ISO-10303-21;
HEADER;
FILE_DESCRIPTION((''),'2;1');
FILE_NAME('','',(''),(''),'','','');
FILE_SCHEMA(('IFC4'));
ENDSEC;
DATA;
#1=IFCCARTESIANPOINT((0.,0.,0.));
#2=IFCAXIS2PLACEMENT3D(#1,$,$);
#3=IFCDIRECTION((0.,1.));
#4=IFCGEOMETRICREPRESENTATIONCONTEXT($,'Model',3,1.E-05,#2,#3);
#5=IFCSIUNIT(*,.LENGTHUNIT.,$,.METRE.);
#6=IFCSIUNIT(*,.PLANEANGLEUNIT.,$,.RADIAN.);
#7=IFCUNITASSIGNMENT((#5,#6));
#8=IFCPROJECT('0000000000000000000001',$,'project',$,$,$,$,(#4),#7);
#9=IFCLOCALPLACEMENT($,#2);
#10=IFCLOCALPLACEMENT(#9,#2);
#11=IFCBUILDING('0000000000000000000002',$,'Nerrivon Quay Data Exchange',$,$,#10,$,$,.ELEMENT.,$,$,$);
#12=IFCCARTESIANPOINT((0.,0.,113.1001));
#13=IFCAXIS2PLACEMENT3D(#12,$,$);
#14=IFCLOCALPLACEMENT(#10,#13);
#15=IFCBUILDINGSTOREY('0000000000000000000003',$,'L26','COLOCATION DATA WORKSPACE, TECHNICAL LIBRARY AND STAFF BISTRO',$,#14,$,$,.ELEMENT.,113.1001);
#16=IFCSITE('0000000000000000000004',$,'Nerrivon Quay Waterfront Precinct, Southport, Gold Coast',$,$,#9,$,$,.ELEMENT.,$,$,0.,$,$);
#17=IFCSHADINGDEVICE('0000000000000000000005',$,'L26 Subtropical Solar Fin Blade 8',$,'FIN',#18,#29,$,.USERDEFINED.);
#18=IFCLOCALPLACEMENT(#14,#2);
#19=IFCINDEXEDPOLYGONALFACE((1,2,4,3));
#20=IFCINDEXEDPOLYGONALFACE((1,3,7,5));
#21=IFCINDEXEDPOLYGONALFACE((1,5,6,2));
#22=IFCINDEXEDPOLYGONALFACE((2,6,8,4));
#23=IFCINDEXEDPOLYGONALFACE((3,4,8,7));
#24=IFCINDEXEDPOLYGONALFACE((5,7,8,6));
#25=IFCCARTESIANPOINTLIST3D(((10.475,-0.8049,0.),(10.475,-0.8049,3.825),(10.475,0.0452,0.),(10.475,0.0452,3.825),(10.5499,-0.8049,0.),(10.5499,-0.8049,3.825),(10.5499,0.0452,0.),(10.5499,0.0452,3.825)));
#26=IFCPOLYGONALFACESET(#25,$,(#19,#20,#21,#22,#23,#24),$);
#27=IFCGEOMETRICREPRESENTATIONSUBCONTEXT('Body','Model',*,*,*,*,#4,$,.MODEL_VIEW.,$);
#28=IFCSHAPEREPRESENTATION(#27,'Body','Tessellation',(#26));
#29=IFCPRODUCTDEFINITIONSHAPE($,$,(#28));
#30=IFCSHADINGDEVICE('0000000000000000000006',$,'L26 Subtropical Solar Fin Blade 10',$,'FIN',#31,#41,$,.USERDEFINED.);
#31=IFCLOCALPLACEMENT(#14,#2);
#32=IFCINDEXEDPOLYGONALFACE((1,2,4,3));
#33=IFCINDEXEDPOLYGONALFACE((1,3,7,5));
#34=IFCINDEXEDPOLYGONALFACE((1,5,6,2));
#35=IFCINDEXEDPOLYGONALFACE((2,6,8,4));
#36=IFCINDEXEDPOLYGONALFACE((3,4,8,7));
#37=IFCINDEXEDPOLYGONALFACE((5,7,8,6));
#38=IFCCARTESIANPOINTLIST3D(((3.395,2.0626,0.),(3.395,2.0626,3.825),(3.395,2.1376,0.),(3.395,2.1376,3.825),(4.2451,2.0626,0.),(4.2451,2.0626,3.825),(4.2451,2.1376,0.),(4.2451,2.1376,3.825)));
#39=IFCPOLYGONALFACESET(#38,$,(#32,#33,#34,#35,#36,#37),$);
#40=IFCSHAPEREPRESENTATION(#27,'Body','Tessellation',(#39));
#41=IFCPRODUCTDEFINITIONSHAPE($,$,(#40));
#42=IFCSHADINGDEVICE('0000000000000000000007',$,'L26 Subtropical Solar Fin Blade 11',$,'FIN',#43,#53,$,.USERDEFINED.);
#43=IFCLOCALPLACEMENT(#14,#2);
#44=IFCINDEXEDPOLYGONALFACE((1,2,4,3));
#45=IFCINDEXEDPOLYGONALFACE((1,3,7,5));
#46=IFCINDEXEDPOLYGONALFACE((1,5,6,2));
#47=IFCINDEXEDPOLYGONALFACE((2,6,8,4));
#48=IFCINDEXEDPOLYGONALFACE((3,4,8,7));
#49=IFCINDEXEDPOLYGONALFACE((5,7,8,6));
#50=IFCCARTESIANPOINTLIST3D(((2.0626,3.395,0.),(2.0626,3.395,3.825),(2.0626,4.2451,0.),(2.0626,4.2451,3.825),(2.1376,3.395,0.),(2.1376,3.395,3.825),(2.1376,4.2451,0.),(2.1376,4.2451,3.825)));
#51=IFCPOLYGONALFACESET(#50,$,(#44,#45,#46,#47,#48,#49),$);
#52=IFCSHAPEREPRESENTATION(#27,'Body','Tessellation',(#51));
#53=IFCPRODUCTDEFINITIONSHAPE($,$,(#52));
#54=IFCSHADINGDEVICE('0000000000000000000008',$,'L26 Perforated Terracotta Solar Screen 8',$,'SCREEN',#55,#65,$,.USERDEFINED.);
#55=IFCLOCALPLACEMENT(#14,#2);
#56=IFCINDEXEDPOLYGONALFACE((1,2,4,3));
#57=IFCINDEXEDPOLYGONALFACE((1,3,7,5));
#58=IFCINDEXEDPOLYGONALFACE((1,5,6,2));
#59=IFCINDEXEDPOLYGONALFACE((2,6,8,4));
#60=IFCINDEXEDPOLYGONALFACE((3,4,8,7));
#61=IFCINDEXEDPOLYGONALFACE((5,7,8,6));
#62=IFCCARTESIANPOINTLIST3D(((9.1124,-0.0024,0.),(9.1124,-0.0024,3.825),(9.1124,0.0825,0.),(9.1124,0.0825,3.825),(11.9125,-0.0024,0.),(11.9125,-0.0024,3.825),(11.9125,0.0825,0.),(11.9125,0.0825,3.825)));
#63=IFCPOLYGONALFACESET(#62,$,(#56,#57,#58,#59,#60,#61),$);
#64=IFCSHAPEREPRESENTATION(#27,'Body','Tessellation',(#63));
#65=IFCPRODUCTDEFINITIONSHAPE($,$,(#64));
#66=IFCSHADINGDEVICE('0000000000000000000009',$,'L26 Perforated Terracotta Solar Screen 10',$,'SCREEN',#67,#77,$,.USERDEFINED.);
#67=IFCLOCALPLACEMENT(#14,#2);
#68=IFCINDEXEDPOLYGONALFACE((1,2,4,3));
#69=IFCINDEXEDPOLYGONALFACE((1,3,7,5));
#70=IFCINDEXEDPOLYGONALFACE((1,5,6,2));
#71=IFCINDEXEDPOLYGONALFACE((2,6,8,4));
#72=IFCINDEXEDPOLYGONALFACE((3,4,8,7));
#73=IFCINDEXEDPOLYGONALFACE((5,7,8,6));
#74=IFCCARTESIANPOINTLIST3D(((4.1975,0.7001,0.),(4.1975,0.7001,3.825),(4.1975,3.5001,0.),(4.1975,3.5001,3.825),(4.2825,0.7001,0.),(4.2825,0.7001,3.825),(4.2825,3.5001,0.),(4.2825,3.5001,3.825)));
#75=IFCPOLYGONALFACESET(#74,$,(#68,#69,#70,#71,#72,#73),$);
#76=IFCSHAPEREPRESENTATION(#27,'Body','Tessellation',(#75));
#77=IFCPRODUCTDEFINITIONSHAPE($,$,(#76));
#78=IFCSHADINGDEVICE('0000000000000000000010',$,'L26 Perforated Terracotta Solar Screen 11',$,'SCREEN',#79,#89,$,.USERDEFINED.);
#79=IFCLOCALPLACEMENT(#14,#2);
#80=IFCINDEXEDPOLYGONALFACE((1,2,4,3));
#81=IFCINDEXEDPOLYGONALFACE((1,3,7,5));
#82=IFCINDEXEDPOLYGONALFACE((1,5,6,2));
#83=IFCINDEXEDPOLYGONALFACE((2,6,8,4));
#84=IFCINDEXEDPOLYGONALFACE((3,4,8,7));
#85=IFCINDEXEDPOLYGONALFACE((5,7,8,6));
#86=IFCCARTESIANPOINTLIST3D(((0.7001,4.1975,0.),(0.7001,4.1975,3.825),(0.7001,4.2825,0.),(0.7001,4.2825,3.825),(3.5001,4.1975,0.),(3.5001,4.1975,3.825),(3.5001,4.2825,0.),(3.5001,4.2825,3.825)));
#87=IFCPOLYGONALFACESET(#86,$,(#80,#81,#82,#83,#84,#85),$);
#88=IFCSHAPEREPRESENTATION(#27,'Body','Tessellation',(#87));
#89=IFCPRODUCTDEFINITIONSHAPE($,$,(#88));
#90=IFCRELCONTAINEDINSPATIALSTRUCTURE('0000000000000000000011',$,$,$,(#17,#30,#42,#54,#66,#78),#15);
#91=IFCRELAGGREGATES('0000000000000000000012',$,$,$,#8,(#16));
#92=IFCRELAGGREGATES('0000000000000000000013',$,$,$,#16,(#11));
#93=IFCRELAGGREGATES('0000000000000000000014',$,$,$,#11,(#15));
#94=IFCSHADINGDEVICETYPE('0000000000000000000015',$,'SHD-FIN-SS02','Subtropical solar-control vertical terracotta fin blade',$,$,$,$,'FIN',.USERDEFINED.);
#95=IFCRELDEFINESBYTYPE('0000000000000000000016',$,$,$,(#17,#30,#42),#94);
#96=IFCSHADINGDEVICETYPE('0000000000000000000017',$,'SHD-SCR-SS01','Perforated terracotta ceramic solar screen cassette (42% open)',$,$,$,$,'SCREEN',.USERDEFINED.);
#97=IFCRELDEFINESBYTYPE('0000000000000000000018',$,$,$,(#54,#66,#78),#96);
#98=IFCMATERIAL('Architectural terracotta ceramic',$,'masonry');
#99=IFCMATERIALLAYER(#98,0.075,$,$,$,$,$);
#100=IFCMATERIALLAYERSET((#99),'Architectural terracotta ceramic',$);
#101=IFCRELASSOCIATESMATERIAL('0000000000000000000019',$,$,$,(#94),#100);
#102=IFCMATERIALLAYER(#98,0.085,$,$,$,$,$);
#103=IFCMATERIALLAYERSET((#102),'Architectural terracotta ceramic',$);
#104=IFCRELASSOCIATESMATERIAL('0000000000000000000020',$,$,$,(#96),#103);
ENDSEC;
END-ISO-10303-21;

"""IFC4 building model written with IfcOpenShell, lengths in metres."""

from ifc_helpers import new_model, si_unit, direction, frame, origin, origin_2d, place, context, subcontext, project, spatial, rectangle, extrude, material, layer, layer_set, type_object, element, save


model = new_model("IFC4")

# Units and contexts
model_context = context("Model", 3, precision=1e-05, world=origin(), true_north=direction((0.0, 1.0)))
body_context = subcontext(model_context, "Body", "Model", "MODEL_VIEW")
ifc_project = project(units=[si_unit("LENGTHUNIT", "METRE"), si_unit("PLANEANGLEUNIT", "RADIAN")], contexts=[model_context])

# Site, building, storey
site_placement = place(None, origin())
site = spatial("IfcSite", under=ifc_project, at=site_placement, Name="Nerrivon Quay Waterfront Precinct, Southport, Gold Coast", CompositionType="ELEMENT", RefElevation=0.0)
building_placement = place(site_placement, origin())
building = spatial("IfcBuilding", under=site, at=building_placement, Name="Nerrivon Quay Data Exchange", CompositionType="ELEMENT")
storey_placement = place(building_placement, frame((0.0, 0.0, 113.1001)))
storey = spatial("IfcBuildingStorey", under=building, at=storey_placement, Name="L26", Description="COLOCATION DATA WORKSPACE, TECHNICAL LIBRARY AND STAFF BISTRO", CompositionType="ELEMENT", Elevation=113.1001)

# Shared definitions
ifc_material_1 = material(Name="Architectural terracotta ceramic", Category="masonry")

# Shading devices
ifc_layer_1 = layer(ifc_material_1, 0.075)
ifc_layer_set_1 = layer_set([ifc_layer_1], Name="Architectural terracotta ceramic")
shading_device_type_1 = type_object("IfcShadingDeviceType", Name="SHD-FIN-SS02", Description="Subtropical solar-control vertical terracotta fin blade", ElementType="FIN", PredefinedType="USERDEFINED", material=ifc_layer_set_1)
for number, where, z_axis, x_axis, name in (
    (1, (10.5125, -0.3799, 0.0), (0.0, 0.0, 1.0), (-1.0, 0.0, 0.0), "L26 Subtropical Solar Fin Blade 8"),
    (2, (3.8201, 2.1001, 0.0), (0.0, 0.0, 1.0), (0.0, 1.0, 0.0), "L26 Subtropical Solar Fin Blade 10"),
    (3, (2.1001, 3.8201, 0.0), (0.0, 0.0, 1.0), (-1.0, 0.0, 0.0), "L26 Subtropical Solar Fin Blade 11"),
):
    element("IfcShadingDevice", number, at=place(storey_placement, frame(where, z_axis=z_axis, x_axis=x_axis)), inside=storey, type_object=shading_device_type_1, Name=name, ObjectType="FIN", PredefinedType="USERDEFINED", context=body_context, shape_type="SweptSolid", body=[
        extrude(rectangle(XDim=0.075, YDim=0.8501, at=origin_2d()), origin(), (0.0, 0.0, 1.0), 3.825),
    ])
ifc_layer_2 = layer(ifc_material_1, 0.085)
ifc_layer_set_2 = layer_set([ifc_layer_2], Name="Architectural terracotta ceramic")
shading_device_type_2 = type_object("IfcShadingDeviceType", Name="SHD-SCR-SS01", Description="Perforated terracotta ceramic solar screen cassette (42% open)", ElementType="SCREEN", PredefinedType="USERDEFINED", material=ifc_layer_set_2)
for number, where, z_axis, x_axis, name in (
    (4, (10.5125, 0.04, 0.0), (0.0, 0.0, 1.0), (-1.0, 0.0, 0.0), "L26 Perforated Terracotta Solar Screen 8"),
    (5, (4.24, 2.1001, 0.0), (0.0, 0.0, 1.0), (0.0, 1.0, 0.0), "L26 Perforated Terracotta Solar Screen 10"),
    (6, (2.1001, 4.24, 0.0), (0.0, 0.0, 1.0), (-1.0, 0.0, 0.0), "L26 Perforated Terracotta Solar Screen 11"),
):
    element("IfcShadingDevice", number, at=place(storey_placement, frame(where, z_axis=z_axis, x_axis=x_axis)), inside=storey, type_object=shading_device_type_2, Name=name, ObjectType="SCREEN", PredefinedType="USERDEFINED", context=body_context, shape_type="SweptSolid", body=[
        extrude(rectangle(XDim=2.8, YDim=0.085, at=origin_2d()), origin(), (0.0, 0.0, 1.0), 3.825),
    ])

save(model, "model.ifc")
